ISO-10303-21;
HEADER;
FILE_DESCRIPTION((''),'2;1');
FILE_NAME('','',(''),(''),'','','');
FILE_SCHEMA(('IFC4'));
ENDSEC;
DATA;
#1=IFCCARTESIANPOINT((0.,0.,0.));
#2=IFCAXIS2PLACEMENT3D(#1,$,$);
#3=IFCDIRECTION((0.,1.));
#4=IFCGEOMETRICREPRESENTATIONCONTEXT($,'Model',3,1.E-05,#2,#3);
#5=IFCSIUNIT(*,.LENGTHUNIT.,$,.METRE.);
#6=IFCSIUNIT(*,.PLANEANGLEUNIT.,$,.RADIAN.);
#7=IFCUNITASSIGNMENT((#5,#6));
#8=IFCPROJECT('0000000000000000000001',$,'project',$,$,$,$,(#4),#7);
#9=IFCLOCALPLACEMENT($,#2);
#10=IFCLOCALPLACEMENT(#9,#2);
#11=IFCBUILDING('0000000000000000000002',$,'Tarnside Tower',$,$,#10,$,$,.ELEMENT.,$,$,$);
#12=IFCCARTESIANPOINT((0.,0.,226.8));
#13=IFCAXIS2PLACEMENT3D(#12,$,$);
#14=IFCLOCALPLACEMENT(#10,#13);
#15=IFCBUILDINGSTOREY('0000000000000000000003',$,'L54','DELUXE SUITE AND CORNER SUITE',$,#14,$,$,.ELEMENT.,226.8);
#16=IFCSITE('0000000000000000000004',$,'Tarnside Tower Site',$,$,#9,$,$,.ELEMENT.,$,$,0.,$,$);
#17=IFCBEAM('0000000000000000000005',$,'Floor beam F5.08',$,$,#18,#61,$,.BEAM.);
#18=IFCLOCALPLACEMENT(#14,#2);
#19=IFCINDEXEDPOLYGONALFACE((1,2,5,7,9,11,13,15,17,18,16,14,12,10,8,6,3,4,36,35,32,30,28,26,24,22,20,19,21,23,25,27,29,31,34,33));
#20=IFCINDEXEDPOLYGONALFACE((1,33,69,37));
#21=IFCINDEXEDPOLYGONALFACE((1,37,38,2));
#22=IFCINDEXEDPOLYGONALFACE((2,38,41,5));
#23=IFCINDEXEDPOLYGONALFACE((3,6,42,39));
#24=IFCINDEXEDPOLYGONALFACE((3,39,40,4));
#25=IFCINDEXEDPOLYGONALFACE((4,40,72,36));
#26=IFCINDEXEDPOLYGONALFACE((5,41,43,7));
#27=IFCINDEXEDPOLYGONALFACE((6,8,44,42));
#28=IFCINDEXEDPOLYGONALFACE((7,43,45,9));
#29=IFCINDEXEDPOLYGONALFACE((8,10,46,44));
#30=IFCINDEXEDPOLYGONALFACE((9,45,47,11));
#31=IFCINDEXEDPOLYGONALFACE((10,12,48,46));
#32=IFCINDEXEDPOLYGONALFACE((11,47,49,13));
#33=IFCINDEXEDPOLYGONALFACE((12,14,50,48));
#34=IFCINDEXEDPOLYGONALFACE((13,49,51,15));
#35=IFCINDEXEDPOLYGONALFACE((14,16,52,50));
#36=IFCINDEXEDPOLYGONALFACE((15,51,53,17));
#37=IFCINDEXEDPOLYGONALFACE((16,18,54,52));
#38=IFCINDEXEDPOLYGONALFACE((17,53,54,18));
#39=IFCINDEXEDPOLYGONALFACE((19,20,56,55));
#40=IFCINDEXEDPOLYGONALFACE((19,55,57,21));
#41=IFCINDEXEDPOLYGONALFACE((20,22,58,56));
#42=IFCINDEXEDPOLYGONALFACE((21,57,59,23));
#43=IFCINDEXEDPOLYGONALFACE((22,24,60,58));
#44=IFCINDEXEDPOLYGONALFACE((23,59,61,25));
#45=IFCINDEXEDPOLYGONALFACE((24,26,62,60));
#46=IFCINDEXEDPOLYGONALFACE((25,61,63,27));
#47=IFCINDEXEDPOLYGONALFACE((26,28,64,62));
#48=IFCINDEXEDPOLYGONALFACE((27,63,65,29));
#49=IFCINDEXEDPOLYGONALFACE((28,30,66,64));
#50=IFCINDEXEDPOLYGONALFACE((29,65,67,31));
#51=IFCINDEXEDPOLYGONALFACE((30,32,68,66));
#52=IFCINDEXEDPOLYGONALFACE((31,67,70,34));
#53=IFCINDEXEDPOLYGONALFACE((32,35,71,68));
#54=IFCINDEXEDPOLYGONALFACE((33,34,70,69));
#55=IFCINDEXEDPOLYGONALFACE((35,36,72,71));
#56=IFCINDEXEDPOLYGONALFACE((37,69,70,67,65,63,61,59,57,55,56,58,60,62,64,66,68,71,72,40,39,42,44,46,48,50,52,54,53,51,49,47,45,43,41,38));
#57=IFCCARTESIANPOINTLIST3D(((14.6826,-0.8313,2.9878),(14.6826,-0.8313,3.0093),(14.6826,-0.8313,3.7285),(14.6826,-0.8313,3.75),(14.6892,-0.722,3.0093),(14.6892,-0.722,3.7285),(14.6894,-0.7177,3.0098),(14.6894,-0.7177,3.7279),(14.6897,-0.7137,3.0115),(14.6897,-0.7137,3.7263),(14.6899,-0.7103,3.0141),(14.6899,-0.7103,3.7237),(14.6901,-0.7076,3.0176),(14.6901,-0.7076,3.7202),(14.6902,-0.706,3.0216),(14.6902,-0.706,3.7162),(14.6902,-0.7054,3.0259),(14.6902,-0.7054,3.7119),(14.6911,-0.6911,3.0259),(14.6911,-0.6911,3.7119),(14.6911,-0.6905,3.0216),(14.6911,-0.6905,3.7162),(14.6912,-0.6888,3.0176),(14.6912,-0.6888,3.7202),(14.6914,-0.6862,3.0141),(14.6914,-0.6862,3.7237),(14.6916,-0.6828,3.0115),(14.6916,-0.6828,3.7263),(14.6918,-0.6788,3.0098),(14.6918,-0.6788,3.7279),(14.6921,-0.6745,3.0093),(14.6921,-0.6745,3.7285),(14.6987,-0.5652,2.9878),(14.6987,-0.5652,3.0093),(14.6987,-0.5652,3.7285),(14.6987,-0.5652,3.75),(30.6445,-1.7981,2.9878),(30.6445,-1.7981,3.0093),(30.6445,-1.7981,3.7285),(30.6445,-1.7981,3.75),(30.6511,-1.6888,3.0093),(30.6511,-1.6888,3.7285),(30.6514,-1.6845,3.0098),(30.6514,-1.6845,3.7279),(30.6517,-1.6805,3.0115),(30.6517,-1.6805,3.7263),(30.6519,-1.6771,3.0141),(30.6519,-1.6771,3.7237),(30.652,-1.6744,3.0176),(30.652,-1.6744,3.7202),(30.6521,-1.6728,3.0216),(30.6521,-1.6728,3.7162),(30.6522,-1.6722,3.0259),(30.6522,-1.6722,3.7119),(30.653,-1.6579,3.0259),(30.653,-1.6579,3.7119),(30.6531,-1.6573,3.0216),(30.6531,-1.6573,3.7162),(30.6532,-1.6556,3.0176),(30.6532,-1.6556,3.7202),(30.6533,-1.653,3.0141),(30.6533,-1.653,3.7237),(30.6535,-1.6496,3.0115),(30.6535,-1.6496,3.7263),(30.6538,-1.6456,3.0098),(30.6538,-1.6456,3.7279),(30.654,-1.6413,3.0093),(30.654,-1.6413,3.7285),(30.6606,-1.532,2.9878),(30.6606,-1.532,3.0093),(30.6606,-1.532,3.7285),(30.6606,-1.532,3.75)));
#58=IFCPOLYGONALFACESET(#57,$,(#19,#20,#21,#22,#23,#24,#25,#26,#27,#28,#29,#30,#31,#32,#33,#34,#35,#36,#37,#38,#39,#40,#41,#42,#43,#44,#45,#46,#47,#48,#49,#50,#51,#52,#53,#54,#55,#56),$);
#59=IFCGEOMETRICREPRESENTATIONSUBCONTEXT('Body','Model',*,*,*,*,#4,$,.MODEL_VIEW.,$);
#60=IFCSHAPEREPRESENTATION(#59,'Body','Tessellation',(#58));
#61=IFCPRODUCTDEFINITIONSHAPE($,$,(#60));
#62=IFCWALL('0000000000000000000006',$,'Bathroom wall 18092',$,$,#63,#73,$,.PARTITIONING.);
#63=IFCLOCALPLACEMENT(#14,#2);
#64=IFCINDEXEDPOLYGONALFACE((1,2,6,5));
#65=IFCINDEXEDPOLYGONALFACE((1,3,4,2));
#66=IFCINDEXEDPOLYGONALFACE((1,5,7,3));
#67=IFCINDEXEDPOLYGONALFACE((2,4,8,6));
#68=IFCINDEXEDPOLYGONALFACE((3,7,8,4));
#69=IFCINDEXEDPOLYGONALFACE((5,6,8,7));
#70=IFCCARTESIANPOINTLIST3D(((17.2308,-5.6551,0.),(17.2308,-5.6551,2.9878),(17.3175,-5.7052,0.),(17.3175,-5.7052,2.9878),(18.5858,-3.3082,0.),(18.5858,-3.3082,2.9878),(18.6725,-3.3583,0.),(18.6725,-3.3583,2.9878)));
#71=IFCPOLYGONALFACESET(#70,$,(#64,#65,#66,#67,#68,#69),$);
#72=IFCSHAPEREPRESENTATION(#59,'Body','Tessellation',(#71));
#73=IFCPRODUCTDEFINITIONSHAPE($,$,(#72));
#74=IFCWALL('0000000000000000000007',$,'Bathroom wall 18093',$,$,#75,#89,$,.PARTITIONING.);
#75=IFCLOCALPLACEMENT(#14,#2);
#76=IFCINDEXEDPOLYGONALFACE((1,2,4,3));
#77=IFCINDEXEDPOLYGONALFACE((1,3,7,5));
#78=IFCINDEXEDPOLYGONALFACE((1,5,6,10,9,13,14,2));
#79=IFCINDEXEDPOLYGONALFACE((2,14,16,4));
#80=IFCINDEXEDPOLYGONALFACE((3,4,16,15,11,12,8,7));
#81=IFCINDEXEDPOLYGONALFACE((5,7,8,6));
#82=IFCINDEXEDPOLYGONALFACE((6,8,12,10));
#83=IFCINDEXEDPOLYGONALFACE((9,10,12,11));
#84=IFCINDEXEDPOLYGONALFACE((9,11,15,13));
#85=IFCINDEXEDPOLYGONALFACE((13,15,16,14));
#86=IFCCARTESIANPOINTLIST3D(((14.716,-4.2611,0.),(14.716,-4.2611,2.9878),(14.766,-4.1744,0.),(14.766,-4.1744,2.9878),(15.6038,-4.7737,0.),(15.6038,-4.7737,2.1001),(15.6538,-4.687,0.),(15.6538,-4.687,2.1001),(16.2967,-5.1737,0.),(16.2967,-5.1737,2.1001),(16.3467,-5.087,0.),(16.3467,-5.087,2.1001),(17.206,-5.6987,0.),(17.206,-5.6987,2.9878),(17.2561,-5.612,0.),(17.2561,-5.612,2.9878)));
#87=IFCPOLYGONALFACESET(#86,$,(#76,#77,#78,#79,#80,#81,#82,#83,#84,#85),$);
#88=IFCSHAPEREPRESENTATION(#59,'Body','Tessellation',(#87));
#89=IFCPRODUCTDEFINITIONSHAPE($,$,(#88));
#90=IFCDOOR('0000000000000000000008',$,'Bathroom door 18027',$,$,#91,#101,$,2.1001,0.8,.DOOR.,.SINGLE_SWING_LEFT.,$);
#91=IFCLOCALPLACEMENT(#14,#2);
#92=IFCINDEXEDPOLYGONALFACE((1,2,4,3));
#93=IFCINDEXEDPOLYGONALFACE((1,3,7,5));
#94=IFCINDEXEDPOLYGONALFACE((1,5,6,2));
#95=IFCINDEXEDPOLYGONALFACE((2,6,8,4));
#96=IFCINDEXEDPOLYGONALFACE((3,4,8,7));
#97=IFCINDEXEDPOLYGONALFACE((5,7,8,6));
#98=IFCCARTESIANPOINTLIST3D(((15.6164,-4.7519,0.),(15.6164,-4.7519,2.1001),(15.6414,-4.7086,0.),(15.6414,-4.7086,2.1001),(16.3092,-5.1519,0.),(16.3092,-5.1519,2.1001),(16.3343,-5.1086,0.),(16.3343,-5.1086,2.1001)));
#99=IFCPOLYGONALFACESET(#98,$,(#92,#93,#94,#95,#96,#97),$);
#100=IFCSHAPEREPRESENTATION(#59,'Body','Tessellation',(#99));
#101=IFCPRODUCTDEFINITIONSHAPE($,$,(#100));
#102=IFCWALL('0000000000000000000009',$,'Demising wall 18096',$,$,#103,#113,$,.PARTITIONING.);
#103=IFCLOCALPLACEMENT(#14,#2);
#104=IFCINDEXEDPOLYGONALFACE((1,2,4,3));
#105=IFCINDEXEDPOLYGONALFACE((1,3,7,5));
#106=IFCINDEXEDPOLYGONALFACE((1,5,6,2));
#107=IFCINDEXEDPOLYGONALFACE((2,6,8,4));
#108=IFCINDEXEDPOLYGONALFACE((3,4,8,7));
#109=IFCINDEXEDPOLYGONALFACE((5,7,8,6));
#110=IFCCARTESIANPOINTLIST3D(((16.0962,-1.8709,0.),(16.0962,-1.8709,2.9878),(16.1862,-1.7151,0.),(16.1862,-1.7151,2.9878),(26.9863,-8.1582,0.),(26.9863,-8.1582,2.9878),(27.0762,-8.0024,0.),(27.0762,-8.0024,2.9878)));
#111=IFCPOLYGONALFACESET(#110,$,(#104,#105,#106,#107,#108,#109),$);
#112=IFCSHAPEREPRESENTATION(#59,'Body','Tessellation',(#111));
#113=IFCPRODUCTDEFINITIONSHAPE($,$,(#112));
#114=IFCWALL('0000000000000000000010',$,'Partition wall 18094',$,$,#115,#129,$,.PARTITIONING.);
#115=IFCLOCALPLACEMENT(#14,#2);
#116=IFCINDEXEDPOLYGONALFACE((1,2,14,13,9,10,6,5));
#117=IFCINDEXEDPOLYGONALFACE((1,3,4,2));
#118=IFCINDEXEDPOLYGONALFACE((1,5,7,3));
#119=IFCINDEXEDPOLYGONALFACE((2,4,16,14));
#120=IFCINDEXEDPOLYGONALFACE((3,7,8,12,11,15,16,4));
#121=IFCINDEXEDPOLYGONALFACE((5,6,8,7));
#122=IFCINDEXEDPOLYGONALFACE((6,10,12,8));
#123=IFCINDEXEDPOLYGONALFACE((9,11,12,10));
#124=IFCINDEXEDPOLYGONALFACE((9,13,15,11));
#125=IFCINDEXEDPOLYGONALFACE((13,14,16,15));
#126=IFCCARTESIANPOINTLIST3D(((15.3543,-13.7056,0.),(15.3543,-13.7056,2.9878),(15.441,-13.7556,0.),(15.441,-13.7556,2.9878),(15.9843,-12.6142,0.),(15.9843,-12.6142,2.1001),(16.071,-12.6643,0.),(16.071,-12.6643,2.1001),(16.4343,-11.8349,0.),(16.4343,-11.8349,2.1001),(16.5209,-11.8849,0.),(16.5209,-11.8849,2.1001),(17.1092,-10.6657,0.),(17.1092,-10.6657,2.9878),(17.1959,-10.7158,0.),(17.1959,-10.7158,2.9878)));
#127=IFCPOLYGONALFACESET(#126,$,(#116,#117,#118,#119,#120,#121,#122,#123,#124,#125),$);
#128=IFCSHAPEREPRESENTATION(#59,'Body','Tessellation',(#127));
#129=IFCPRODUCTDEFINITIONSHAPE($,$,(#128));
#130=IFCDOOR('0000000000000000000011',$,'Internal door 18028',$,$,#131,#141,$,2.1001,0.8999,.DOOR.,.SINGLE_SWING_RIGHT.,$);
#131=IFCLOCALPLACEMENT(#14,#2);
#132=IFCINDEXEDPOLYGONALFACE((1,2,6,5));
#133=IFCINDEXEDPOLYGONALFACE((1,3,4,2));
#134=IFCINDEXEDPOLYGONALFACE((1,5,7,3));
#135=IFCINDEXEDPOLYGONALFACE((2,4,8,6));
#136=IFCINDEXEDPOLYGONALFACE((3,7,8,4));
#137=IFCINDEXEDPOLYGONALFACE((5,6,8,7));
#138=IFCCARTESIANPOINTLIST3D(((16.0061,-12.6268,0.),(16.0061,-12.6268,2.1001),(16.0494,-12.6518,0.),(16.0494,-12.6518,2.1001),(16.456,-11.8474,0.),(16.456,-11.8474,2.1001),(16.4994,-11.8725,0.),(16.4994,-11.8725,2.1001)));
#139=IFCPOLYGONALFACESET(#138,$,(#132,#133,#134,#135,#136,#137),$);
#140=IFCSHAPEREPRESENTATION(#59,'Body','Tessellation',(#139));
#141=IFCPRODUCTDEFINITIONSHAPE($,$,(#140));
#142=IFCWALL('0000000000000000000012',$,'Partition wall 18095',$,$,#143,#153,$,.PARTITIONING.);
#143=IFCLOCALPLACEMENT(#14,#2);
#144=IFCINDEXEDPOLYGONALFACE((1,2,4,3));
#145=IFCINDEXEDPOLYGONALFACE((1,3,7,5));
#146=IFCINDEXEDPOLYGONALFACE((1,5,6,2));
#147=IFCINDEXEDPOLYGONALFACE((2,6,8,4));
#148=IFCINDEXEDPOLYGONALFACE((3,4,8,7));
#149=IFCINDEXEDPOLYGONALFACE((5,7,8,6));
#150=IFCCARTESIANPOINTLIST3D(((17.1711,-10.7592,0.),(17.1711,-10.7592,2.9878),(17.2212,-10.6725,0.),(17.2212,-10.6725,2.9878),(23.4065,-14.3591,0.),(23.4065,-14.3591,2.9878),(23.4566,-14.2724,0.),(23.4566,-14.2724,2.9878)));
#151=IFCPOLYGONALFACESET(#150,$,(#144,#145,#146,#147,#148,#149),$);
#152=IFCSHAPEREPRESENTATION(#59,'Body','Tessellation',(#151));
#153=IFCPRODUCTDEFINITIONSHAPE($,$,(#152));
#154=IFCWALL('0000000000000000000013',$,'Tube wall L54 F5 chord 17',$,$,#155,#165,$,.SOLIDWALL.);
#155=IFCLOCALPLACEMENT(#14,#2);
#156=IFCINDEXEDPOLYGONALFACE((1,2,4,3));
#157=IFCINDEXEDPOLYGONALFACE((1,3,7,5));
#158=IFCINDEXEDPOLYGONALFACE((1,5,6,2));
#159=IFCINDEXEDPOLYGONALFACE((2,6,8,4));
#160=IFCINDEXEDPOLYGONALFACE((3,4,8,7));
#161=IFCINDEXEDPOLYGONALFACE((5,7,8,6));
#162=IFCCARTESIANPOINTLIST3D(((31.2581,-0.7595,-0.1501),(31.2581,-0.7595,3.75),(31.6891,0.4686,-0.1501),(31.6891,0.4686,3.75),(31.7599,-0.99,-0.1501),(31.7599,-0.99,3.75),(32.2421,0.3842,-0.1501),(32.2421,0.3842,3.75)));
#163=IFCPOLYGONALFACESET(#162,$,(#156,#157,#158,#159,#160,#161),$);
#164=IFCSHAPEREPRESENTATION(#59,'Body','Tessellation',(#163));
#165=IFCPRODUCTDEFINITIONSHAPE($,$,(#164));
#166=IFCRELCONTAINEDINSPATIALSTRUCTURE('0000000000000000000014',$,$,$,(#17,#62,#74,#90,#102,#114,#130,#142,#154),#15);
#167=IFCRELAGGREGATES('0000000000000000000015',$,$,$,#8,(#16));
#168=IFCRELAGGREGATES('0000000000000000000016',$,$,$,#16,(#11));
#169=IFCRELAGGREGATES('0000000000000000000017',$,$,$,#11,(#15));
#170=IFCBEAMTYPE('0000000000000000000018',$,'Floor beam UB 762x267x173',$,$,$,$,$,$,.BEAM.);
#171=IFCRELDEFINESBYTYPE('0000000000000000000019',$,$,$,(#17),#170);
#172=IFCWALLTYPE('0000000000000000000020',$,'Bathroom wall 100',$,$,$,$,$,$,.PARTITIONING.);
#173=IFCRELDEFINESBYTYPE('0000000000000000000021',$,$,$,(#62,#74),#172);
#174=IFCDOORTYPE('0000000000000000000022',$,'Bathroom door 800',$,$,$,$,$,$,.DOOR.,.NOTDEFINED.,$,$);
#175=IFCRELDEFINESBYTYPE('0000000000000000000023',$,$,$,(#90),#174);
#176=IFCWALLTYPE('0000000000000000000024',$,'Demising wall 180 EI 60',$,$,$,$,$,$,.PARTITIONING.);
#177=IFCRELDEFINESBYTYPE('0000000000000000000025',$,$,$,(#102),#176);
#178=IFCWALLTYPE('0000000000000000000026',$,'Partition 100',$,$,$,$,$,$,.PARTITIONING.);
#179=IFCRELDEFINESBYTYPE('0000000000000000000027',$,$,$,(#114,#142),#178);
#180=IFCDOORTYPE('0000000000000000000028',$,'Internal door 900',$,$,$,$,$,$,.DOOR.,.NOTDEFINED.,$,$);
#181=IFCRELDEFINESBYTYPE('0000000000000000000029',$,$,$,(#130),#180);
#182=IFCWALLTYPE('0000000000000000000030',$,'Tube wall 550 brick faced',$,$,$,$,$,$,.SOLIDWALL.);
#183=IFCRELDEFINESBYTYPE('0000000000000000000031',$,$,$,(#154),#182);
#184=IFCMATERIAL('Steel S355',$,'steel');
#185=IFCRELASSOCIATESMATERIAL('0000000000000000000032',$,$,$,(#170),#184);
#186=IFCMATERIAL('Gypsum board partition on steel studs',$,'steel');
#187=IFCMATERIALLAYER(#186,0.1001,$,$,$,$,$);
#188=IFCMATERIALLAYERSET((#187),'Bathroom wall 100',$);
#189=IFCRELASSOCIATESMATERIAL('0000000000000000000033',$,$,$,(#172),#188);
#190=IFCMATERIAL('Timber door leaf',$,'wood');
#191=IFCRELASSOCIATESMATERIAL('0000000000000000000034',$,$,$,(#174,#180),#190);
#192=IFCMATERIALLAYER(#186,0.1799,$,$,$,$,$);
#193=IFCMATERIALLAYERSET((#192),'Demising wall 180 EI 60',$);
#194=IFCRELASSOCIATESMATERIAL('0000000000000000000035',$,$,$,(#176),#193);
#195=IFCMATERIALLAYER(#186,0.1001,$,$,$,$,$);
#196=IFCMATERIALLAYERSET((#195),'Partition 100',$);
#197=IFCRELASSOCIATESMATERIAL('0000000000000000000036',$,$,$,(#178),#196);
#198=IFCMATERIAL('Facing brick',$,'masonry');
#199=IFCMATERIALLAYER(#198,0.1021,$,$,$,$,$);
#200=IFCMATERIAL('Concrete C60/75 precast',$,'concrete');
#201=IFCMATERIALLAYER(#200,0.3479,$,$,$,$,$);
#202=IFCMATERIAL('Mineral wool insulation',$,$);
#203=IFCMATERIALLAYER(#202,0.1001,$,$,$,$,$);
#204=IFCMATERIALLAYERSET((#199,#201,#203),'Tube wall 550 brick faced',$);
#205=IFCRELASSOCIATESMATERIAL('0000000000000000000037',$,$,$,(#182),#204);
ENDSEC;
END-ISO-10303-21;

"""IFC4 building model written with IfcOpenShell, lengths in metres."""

from ifc_helpers import new_model, si_unit, direction, frame, frame_2d, origin, origin_2d, place, context, subcontext, project, spatial, polyline, rectangle, i_section, outline, extrude, material, layer, layer_set, material_profile, profile_set, type_object, element, fill, save


model = new_model("IFC4")

# Units and contexts
model_context = context("Model", 3, precision=1e-05, world=origin(), true_north=direction((0.0, 1.0)))
body_context = subcontext(model_context, "Body", "Model", "MODEL_VIEW")
ifc_project = project(units=[si_unit("LENGTHUNIT", "METRE"), si_unit("PLANEANGLEUNIT", "RADIAN")], contexts=[model_context])

# Site, building, storey
site_placement = place(None, origin())
site = spatial("IfcSite", under=ifc_project, at=site_placement, Name="Tarnside Tower Site", CompositionType="ELEMENT", RefElevation=0.0)
building_placement = place(site_placement, origin())
building = spatial("IfcBuilding", under=site, at=building_placement, Name="Tarnside Tower", CompositionType="ELEMENT")
storey_placement = place(building_placement, frame((0.0, 0.0, 226.8)))
storey = spatial("IfcBuildingStorey", under=building, at=storey_placement, Name="L54", Description="DELUXE SUITE AND CORNER SUITE", CompositionType="ELEMENT", Elevation=226.8)

# Beam
ifc_material_1 = material(Name="Steel S355", Category="steel")
ifc_material_profile_1 = material_profile(ifc_material_1, i_section(OverallWidth=0.2666, OverallDepth=0.7622, WebThickness=0.0144, FlangeThickness=0.0215, FilletRadius=0.0166, at=origin_2d()), Name="UB 762x267x173")
ifc_profile_set_1 = profile_set([ifc_material_profile_1], Name="Steel S355")
beam_type_1 = type_object("IfcBeamType", Name="Floor beam UB 762x267x173", PredefinedType="BEAM", material=ifc_profile_set_1)
beam_1_placement = place(storey_placement, frame((30.6526, -1.665, 3.3689), z_axis=(-0.998171, 0.060458, 0.0), x_axis=(-0.060458, -0.998171, 0.0)))
element("IfcBeam", 1, at=beam_1_placement, inside=storey, type_object=beam_type_1, Name="Floor beam F5.08", PredefinedType="BEAM", context=body_context, shape_type="SweptSolid", body=[
    extrude(i_section(OverallWidth=0.2666, OverallDepth=0.7622, WebThickness=0.0144, FlangeThickness=0.0215, FilletRadius=0.0166, at=origin_2d()), origin(), (0.0, 0.0, 1.0), 15.9912),
])

# Wall
ifc_material_2 = material(Name="Gypsum board partition on steel studs", Category="steel")
ifc_layer_1 = layer(ifc_material_2, 0.1001)
ifc_layer_set_1 = layer_set([ifc_layer_1], Name="Bathroom wall 100")
wall_type_1 = type_object("IfcWallType", Name="Bathroom wall 100", PredefinedType="PARTITIONING", material=ifc_layer_set_1)
wall_1_placement = place(storey_placement, frame((18.6292, -3.3333, 0.0), z_axis=(0.0, 0.0, 1.0), x_axis=(-0.499995, -0.866028, 0.0)))
element("IfcWall", 2, at=wall_1_placement, inside=storey, type_object=wall_type_1, Name="Bathroom wall 18092", PredefinedType="PARTITIONING", context=body_context, shape_type="SweptSolid", body=[
    extrude(rectangle(XDim=2.71, YDim=0.1001, at=frame_2d((1.355, 0.0))), origin(), (0.0, 0.0, 1.0), 2.9878),
])

# Wall, opening, door
wall_2_placement = place(storey_placement, frame((17.231, -5.6553, 0.0), z_axis=(0.0, 0.0, 1.0), x_axis=(-0.86604, 0.499975, 0.0)))
wall_2 = element("IfcWall", 3, at=wall_2_placement, inside=storey, type_object=wall_type_1, Name="Bathroom wall 18093", PredefinedType="PARTITIONING", context=body_context, shape_type="SweptSolid", body=[
    extrude(rectangle(XDim=2.8752, YDim=0.1001, at=frame_2d((1.4375, 0.0))), origin(), (0.0, 0.0, 1.0), 2.9878),
])
opening_1_placement = place(wall_2_placement, frame((1.05, 0.0, 0.0)))
opening_1 = element("IfcOpeningElement", 4, at=opening_1_placement, cuts=wall_2, PredefinedType="OPENING", context=body_context, shape_type="SweptSolid", body=[
    extrude(rectangle(XDim=0.8, YDim=2.1001, at=frame_2d((0.3999, 1.05))), frame((0.0, 0.0601, 0.0), z_axis=(0.0, -1.0, 0.0), x_axis=(1.0, 0.0, 0.0)), (0.0, 0.0, 1.0), 0.1201),
])
ifc_material_3 = material(Name="Timber door leaf", Category="wood")
door_type_1 = type_object("IfcDoorType", Name="Bathroom door 800", OperationType="NOTDEFINED", PredefinedType="DOOR", material=ifc_material_3)
door_1_placement = place(opening_1_placement, origin())
door_1 = element("IfcDoor", 5, at=door_1_placement, inside=storey, type_object=door_type_1, Name="Bathroom door 18027", OperationType="SINGLE_SWING_LEFT", OverallHeight=2.1001, OverallWidth=0.8, PredefinedType="DOOR", context=body_context, shape_type="SweptSolid", body=[
    extrude(rectangle(XDim=0.8, YDim=2.1001, at=frame_2d((0.3999, 1.05))), frame((0.0, 0.0249, 0.0), z_axis=(0.0, -1.0, 0.0), x_axis=(1.0, 0.0, 0.0)), (0.0, 0.0, 1.0), 0.05),
])
fill(opening_1, door_1)

# Wall
ifc_layer_2 = layer(ifc_material_2, 0.1799)
ifc_layer_set_2 = layer_set([ifc_layer_2], Name="Demising wall 180 EI 60")
wall_type_2 = type_object("IfcWallType", Name="Demising wall 180 EI 60", PredefinedType="PARTITIONING", material=ifc_layer_set_2)
wall_3_placement = place(storey_placement, frame((27.0312, -8.0803, 0.0), z_axis=(0.0, 0.0, 1.0), x_axis=(-0.866028, 0.499996, 0.0)))
element("IfcWall", 6, at=wall_3_placement, inside=storey, type_object=wall_type_2, Name="Demising wall 18096", PredefinedType="PARTITIONING", context=body_context, shape_type="SweptSolid", body=[
    extrude(rectangle(XDim=12.5747, YDim=0.1799, at=frame_2d((6.2874, 0.0))), origin(), (0.0, 0.0, 1.0), 2.9878),
])

# Wall, opening, door
ifc_layer_3 = layer(ifc_material_2, 0.1001)
ifc_layer_set_3 = layer_set([ifc_layer_3], Name="Partition 100")
wall_type_3 = type_object("IfcWallType", Name="Partition 100", PredefinedType="PARTITIONING", material=ifc_layer_set_3)
wall_4_placement = place(storey_placement, frame((15.3977, -13.7305, 0.0), z_axis=(0.0, 0.0, 1.0), x_axis=(0.499969, 0.866043, 0.0)))
wall_4 = element("IfcWall", 7, at=wall_4_placement, inside=storey, type_object=wall_type_3, Name="Partition wall 18094", PredefinedType="PARTITIONING", context=body_context, shape_type="SweptSolid", body=[
    extrude(rectangle(XDim=3.51, YDim=0.1001, at=frame_2d((1.7549, 0.0))), origin(), (0.0, 0.0, 1.0), 2.9878),
])
opening_2_placement = place(wall_4_placement, frame((1.26, 0.0, 0.0)))
opening_2 = element("IfcOpeningElement", 8, at=opening_2_placement, cuts=wall_4, PredefinedType="OPENING", context=body_context, shape_type="SweptSolid", body=[
    extrude(rectangle(XDim=0.8999, YDim=2.1001, at=frame_2d((0.45, 1.05))), frame((0.0, 0.0601, 0.0), z_axis=(0.0, -1.0, 0.0), x_axis=(1.0, 0.0, 0.0)), (0.0, 0.0, 1.0), 0.1201),
])
door_type_2 = type_object("IfcDoorType", Name="Internal door 900", OperationType="NOTDEFINED", PredefinedType="DOOR", material=ifc_material_3)
door_2_placement = place(opening_2_placement, origin())
door_2 = element("IfcDoor", 9, at=door_2_placement, inside=storey, type_object=door_type_2, Name="Internal door 18028", OperationType="SINGLE_SWING_RIGHT", OverallHeight=2.1001, OverallWidth=0.8999, PredefinedType="DOOR", context=body_context, shape_type="SweptSolid", body=[
    extrude(rectangle(XDim=0.8999, YDim=2.1001, at=frame_2d((0.45, 1.05))), frame((0.0, 0.0249, 0.0), z_axis=(0.0, -1.0, 0.0), x_axis=(1.0, 0.0, 0.0)), (0.0, 0.0, 1.0), 0.05),
])
fill(opening_2, door_2)

# Walls
wall_5_placement = place(storey_placement, frame((17.196, -10.7158, 0.0), z_axis=(0.0, 0.0, 1.0), x_axis=(0.866033, -0.499987, 0.0)))
element("IfcWall", 10, at=wall_5_placement, inside=storey, type_object=wall_type_3, Name="Partition wall 18095", PredefinedType="PARTITIONING", context=body_context, shape_type="SweptSolid", body=[
    extrude(rectangle(XDim=7.2, YDim=0.1001, at=frame_2d((3.6001, 0.0))), origin(), (0.0, 0.0, 1.0), 2.9878),
])
ifc_material_4 = material(Name="Facing brick", Category="masonry")
ifc_layer_4 = layer(ifc_material_4, 0.1021)
ifc_material_5 = material(Name="Concrete C60/75 precast", Category="concrete")
ifc_layer_5 = layer(ifc_material_5, 0.3479)
ifc_material_6 = material(Name="Mineral wool insulation")
ifc_layer_6 = layer(ifc_material_6, 0.1001)
ifc_layer_set_4 = layer_set([ifc_layer_4, ifc_layer_5, ifc_layer_6], Name="Tube wall 550 brick faced")
wall_type_4 = type_object("IfcWallType", Name="Tube wall 550 brick faced", PredefinedType="SOLIDWALL", material=ifc_layer_set_4)
wall_6_placement = place(storey_placement, frame((31.509, -0.8748, -0.1501), z_axis=(0.0, 0.0, 1.0), x_axis=(0.331115, 0.94359, 0.0)))
element("IfcWall", 11, at=wall_6_placement, inside=storey, type_object=wall_type_4, Name="Tube wall L54 F5 chord 17", PredefinedType="SOLIDWALL", context=body_context, shape_type="SweptSolid", body=[
    extrude(outline(polyline([(-0.0256, -0.2749), (1.4307, -0.2749), (1.3271, 0.2749), (0.0256, 0.2749), (-0.0256, -0.2749)])), origin(), (0.0, 0.0, 1.0), 3.9001),
])

save(model, "model.ifc")
